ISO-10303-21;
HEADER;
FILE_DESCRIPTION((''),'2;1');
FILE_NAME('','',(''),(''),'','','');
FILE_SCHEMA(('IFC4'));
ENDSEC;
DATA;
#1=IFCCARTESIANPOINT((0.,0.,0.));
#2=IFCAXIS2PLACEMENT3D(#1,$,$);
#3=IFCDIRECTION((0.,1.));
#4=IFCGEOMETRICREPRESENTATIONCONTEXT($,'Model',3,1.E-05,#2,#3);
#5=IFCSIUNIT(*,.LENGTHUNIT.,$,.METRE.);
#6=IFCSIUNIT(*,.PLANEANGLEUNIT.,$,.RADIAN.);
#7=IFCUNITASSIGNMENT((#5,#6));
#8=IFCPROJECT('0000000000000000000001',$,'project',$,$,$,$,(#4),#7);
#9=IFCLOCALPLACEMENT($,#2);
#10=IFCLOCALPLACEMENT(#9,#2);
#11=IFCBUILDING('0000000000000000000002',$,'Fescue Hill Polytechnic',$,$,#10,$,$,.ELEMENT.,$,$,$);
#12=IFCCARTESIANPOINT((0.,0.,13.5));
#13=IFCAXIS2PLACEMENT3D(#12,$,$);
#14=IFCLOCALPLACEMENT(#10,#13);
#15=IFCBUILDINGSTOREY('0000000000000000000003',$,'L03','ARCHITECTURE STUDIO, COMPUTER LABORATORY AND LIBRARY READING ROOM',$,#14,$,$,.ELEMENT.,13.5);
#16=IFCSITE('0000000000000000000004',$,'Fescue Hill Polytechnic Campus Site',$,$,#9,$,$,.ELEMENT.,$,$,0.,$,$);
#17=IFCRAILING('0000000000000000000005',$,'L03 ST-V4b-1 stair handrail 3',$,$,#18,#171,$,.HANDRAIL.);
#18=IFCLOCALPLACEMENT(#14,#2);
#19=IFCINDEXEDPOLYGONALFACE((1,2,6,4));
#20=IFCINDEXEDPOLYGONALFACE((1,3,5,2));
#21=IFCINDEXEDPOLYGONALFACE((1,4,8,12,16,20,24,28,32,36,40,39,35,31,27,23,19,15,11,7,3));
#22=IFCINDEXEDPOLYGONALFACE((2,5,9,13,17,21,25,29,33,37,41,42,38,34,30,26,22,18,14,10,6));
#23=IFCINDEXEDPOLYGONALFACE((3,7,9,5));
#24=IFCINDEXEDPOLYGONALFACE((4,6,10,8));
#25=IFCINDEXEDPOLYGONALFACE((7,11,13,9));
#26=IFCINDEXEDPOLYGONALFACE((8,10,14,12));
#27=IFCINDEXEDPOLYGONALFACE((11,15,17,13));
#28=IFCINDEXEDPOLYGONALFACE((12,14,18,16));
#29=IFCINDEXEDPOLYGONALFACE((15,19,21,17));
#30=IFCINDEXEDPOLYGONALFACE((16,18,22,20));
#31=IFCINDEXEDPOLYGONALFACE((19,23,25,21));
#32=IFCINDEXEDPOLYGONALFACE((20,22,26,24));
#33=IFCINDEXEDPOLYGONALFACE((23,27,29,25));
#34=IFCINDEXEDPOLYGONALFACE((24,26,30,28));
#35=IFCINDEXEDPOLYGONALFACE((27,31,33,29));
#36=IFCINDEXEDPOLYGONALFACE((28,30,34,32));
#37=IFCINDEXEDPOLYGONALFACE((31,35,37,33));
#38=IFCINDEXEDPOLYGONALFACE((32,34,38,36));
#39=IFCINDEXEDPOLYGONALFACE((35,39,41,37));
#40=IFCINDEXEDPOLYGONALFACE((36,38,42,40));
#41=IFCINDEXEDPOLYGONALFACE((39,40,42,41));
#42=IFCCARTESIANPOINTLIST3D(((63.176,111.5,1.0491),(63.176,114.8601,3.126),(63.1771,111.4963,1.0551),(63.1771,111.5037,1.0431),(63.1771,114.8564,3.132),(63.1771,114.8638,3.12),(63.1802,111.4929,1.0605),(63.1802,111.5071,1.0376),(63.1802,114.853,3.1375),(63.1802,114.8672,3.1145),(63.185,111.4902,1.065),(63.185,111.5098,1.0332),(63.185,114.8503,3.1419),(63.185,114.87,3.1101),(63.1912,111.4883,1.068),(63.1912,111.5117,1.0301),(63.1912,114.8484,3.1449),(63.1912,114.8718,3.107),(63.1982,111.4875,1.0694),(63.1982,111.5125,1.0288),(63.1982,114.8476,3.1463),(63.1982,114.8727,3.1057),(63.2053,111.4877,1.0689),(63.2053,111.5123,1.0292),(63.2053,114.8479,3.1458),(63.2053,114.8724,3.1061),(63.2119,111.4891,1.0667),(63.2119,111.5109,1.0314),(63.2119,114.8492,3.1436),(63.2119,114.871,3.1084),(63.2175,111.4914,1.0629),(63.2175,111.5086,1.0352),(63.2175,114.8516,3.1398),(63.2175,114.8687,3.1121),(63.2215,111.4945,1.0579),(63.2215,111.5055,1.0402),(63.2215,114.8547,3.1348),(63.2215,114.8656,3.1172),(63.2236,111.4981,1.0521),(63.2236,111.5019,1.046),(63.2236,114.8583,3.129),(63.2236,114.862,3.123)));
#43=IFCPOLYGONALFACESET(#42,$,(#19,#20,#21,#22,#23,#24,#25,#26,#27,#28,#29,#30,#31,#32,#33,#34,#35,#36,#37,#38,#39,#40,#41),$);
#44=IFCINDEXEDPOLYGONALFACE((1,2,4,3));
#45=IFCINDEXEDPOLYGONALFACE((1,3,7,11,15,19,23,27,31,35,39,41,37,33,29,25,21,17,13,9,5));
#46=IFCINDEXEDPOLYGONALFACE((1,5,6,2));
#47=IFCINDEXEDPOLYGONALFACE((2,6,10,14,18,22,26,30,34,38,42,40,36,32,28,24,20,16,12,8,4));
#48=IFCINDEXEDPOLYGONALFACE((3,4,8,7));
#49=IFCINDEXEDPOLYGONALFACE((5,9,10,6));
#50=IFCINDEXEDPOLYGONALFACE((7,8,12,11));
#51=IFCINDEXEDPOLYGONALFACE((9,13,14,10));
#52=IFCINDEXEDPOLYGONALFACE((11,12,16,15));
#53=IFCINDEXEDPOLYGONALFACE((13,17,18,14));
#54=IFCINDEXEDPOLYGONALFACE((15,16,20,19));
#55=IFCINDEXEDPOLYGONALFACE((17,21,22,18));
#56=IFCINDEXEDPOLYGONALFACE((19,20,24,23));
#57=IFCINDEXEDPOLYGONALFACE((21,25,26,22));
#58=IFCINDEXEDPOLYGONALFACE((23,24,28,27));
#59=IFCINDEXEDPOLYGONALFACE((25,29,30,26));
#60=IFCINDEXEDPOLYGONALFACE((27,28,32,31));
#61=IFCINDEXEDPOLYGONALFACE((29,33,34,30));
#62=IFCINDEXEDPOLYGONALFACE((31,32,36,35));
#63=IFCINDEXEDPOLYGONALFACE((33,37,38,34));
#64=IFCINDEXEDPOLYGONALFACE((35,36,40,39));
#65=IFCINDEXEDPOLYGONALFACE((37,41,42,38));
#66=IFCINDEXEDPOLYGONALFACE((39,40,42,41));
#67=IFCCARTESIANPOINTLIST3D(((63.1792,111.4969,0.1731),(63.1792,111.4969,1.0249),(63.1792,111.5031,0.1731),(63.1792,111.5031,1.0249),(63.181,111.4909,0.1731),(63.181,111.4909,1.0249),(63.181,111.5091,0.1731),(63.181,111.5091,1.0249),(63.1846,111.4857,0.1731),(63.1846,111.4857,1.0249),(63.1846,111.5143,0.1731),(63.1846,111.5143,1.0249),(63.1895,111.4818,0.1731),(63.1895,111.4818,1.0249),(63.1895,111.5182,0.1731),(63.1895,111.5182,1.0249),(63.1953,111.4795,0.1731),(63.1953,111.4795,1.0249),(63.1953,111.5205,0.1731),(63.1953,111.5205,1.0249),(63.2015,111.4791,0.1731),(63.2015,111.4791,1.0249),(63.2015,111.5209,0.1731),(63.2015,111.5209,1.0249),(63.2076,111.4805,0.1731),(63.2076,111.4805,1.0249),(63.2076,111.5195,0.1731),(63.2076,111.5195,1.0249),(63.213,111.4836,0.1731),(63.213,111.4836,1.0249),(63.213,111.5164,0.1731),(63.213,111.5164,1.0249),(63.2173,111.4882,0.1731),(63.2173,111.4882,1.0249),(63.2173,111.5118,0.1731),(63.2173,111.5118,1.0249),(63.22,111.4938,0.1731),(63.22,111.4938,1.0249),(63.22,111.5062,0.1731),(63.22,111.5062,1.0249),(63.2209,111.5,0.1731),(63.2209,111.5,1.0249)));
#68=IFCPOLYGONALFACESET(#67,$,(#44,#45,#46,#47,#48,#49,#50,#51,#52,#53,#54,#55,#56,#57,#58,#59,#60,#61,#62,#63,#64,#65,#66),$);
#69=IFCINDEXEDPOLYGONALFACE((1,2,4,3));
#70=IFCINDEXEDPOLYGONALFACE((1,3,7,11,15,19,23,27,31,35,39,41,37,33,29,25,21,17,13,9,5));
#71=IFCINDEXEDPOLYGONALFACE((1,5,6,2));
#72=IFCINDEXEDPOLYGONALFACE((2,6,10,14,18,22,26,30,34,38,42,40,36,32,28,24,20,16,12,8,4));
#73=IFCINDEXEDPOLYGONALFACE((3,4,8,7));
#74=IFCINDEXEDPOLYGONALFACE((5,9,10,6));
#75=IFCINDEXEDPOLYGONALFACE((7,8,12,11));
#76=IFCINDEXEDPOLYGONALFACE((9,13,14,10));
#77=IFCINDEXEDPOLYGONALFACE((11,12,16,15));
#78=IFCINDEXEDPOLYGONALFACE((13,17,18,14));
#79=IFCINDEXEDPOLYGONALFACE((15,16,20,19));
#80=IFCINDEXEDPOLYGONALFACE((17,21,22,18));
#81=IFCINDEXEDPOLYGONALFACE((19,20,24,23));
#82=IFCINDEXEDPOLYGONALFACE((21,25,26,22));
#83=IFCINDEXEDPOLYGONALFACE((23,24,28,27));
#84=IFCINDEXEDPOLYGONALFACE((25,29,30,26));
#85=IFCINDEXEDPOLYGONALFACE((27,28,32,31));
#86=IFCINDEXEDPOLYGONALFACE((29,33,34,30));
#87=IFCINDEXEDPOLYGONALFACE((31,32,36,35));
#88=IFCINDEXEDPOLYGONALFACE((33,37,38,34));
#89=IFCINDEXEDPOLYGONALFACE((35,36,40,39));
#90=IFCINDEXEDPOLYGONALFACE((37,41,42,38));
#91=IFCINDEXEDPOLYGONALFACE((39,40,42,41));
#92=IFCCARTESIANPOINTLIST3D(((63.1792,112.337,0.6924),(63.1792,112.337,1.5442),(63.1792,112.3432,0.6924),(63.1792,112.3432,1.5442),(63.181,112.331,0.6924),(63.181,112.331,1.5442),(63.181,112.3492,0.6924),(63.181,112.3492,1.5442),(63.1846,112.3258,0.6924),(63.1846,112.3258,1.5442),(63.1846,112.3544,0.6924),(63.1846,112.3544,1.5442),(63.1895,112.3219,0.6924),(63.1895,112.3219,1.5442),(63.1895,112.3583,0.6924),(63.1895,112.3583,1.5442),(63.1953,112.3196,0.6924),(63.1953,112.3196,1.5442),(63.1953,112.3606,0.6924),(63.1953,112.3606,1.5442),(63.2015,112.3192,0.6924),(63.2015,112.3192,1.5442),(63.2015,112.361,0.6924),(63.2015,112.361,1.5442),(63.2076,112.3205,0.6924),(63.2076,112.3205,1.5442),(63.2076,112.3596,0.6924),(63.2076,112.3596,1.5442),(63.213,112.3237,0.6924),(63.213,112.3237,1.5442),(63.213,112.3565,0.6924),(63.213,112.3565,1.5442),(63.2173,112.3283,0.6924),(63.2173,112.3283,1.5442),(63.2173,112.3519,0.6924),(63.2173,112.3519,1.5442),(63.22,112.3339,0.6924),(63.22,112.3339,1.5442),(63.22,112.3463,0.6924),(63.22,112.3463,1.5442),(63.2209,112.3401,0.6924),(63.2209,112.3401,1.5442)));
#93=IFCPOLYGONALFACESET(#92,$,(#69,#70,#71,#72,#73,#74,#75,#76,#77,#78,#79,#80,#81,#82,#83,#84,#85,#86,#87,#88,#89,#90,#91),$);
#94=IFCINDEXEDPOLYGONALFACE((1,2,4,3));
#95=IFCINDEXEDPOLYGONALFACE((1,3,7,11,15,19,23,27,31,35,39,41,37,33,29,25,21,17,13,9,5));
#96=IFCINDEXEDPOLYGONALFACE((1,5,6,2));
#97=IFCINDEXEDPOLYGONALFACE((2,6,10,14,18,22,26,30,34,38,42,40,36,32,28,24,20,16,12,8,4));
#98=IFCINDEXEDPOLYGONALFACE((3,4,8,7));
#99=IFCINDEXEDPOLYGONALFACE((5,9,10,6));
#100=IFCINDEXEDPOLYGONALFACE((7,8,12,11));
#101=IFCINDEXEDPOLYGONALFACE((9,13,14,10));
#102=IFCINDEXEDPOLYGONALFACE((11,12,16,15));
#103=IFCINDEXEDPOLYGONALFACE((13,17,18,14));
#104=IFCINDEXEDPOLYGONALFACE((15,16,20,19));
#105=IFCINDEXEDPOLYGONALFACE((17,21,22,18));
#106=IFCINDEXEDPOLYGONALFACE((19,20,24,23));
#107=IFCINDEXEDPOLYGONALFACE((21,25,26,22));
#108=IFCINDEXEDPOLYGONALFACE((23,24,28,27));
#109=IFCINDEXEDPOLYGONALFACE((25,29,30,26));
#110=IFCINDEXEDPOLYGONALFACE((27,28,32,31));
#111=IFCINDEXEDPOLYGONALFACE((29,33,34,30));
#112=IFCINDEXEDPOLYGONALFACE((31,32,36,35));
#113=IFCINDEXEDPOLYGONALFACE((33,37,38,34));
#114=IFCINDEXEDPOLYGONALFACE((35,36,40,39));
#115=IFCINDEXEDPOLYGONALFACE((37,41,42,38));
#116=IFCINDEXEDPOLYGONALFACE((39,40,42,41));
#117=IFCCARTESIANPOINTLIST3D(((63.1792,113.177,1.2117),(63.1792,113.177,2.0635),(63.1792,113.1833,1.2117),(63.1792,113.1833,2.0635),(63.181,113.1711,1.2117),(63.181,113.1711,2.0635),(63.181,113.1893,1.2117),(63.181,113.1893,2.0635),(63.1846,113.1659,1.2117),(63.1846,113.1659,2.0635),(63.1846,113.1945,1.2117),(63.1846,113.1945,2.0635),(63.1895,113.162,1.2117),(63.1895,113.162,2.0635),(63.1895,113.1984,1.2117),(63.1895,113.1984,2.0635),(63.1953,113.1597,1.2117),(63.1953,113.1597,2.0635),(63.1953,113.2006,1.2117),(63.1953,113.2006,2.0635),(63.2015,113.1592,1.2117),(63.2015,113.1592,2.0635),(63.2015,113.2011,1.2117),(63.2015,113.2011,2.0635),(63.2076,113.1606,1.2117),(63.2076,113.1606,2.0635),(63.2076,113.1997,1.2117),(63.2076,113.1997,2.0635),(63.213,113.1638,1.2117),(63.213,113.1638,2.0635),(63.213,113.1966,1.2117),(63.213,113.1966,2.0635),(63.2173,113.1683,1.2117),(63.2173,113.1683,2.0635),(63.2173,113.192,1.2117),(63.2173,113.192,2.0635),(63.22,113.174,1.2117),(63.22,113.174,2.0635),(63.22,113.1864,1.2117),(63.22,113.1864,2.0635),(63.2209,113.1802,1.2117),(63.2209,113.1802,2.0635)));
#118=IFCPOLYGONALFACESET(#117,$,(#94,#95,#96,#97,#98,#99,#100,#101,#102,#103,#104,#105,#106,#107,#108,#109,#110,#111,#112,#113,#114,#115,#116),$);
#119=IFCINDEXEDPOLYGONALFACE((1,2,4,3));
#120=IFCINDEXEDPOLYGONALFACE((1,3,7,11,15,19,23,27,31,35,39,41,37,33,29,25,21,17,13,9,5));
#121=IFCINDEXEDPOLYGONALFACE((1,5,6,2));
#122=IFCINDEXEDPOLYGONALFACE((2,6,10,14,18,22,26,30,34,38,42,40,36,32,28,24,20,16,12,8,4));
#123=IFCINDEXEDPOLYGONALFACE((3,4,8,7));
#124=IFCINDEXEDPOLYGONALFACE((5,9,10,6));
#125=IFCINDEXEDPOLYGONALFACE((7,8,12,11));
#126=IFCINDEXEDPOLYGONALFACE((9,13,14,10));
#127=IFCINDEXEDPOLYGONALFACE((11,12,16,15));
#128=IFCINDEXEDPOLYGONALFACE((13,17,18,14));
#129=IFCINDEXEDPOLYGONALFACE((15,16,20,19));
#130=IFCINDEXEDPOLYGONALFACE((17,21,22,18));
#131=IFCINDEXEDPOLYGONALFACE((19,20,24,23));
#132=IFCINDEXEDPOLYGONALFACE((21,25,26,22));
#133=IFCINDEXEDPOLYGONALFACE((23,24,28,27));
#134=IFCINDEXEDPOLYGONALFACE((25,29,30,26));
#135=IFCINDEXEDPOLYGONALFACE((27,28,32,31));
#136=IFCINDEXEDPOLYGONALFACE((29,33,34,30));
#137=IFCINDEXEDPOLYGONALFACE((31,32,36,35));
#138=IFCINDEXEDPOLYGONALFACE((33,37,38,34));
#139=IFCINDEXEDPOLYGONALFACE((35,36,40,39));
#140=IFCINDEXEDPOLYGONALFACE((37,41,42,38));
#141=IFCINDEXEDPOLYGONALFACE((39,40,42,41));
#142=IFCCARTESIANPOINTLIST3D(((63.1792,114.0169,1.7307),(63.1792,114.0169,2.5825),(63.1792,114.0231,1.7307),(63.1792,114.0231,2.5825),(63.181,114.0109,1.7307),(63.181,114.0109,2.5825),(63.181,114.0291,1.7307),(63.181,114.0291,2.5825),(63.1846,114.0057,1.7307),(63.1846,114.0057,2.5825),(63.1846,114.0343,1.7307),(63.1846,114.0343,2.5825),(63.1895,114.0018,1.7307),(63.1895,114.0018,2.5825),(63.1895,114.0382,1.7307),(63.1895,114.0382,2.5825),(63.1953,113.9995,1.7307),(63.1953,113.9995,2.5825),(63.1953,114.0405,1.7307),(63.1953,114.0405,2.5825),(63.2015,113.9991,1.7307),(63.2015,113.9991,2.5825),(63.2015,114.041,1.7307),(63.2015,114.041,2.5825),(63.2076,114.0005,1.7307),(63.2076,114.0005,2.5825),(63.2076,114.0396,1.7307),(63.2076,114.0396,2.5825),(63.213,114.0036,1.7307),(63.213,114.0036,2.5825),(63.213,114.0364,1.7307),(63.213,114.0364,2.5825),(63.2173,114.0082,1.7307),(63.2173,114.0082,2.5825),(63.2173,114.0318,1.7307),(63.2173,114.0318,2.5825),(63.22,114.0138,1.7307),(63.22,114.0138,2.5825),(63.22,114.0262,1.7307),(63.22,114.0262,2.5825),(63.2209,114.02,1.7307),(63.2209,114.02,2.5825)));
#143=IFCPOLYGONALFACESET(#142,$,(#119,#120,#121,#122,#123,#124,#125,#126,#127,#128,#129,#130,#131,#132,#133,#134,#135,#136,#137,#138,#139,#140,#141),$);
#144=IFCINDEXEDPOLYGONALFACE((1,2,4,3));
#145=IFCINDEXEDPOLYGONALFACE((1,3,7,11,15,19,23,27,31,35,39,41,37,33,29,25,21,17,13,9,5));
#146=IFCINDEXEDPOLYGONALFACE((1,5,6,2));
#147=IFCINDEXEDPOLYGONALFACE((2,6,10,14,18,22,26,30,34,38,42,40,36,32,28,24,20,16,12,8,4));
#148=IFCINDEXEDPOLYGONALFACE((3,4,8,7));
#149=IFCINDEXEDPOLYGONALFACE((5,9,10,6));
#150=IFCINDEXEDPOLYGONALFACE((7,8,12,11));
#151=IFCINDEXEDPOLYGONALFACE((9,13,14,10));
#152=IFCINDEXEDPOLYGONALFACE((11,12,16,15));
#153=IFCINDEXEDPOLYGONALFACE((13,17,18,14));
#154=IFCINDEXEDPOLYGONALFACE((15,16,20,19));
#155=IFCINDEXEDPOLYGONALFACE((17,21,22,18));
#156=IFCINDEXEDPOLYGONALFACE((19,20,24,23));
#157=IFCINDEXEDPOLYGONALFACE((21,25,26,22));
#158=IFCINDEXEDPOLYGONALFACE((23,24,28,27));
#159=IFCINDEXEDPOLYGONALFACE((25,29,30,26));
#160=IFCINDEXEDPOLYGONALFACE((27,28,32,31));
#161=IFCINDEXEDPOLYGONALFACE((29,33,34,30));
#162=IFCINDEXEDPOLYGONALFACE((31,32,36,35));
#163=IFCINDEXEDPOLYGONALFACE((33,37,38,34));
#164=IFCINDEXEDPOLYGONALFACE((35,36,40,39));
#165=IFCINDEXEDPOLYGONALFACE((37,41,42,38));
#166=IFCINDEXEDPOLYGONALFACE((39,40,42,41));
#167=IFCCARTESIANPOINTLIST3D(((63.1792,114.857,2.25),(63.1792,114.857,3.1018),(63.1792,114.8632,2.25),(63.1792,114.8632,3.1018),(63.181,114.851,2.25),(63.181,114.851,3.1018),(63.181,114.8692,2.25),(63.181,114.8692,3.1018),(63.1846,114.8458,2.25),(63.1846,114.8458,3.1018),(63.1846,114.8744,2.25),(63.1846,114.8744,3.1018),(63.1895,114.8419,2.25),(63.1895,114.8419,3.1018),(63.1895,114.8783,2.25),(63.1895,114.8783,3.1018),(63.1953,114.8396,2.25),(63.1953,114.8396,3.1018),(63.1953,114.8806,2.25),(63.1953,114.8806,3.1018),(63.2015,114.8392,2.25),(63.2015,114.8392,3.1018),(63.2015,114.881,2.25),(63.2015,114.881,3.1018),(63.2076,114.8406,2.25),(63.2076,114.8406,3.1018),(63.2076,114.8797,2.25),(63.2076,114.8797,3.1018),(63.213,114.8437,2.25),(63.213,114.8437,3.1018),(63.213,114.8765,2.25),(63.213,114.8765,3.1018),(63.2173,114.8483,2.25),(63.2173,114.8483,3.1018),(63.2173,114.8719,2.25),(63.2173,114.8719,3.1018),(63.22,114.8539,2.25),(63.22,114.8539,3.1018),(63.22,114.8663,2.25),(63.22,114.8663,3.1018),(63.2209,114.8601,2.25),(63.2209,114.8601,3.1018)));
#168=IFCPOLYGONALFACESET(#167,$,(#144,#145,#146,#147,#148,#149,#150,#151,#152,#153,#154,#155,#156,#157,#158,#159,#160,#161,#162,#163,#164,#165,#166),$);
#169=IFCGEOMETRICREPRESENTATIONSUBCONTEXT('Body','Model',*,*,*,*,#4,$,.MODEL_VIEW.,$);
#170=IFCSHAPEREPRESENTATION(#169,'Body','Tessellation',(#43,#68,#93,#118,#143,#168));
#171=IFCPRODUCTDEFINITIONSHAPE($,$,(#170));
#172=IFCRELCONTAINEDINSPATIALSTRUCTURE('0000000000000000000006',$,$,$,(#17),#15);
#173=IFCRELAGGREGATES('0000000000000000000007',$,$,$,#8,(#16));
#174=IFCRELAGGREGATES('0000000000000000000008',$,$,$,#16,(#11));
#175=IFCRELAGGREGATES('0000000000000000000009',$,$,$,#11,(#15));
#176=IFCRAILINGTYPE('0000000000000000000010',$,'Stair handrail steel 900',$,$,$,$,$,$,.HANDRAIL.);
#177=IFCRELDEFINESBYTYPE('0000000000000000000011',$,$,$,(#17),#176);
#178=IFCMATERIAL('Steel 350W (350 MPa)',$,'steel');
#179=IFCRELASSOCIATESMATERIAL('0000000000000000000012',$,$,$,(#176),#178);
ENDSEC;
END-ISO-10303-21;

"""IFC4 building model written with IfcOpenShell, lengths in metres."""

from ifc_helpers import new_model, si_unit, direction, frame, origin, origin_2d, place, context, subcontext, project, spatial, circle, extrude, material, type_object, element, save


model = new_model("IFC4")

# Units and contexts
model_context = context("Model", 3, precision=1e-05, world=origin(), true_north=direction((0.0, 1.0)))
body_context = subcontext(model_context, "Body", "Model", "MODEL_VIEW")
ifc_project = project(units=[si_unit("LENGTHUNIT", "METRE"), si_unit("PLANEANGLEUNIT", "RADIAN")], contexts=[model_context])

# Site, building, storey
site_placement = place(None, origin())
site = spatial("IfcSite", under=ifc_project, at=site_placement, Name="Fescue Hill Polytechnic Campus Site", CompositionType="ELEMENT", RefElevation=0.0)
building_placement = place(site_placement, origin())
building = spatial("IfcBuilding", under=site, at=building_placement, Name="Fescue Hill Polytechnic", CompositionType="ELEMENT")
storey_placement = place(building_placement, frame((0.0, 0.0, 13.5)))
storey = spatial("IfcBuildingStorey", under=building, at=storey_placement, Name="L03", Description="ARCHITECTURE STUDIO, COMPUTER LABORATORY AND LIBRARY READING ROOM", CompositionType="ELEMENT", Elevation=13.5)

# Railing
ifc_material_1 = material(Name="Steel 350W (350 MPa)", Category="steel")
railing_type_1 = type_object("IfcRailingType", Name="Stair handrail steel 900", PredefinedType="HANDRAIL", material=ifc_material_1)
railing_1_placement = place(storey_placement, frame((63.2, 111.5, 0.1731)))
element("IfcRailing", 1, at=railing_1_placement, inside=storey, type_object=railing_type_1, Name="L03 ST-V4b-1 stair handrail 3", PredefinedType="HANDRAIL", context=body_context, shape_type="SweptSolid", body=[
    extrude(circle(Radius=0.0239, at=origin_2d()), frame((0.0, 0.0, 0.876), z_axis=(0.0, 0.850623, 0.525776), x_axis=(-1.0, 0.0, 0.0)), (0.0, 0.0, 1.0), 3.9502),
    extrude(circle(Radius=0.021, at=origin_2d()), origin(), (0.0, 0.0, 1.0), 0.8518),
    extrude(circle(Radius=0.021, at=origin_2d()), frame((0.0, 0.8401, 0.5193)), (0.0, 0.0, 1.0), 0.8518),
    extrude(circle(Radius=0.021, at=origin_2d()), frame((0.0, 1.6802, 1.0386)), (0.0, 0.0, 1.0), 0.8518),
    extrude(circle(Radius=0.021, at=origin_2d()), frame((0.0, 2.52, 1.5576)), (0.0, 0.0, 1.0), 0.8518),
    extrude(circle(Radius=0.021, at=origin_2d()), frame((0.0, 3.3601, 2.0769)), (0.0, 0.0, 1.0), 0.8518),
])

save(model, "model.ifc")
